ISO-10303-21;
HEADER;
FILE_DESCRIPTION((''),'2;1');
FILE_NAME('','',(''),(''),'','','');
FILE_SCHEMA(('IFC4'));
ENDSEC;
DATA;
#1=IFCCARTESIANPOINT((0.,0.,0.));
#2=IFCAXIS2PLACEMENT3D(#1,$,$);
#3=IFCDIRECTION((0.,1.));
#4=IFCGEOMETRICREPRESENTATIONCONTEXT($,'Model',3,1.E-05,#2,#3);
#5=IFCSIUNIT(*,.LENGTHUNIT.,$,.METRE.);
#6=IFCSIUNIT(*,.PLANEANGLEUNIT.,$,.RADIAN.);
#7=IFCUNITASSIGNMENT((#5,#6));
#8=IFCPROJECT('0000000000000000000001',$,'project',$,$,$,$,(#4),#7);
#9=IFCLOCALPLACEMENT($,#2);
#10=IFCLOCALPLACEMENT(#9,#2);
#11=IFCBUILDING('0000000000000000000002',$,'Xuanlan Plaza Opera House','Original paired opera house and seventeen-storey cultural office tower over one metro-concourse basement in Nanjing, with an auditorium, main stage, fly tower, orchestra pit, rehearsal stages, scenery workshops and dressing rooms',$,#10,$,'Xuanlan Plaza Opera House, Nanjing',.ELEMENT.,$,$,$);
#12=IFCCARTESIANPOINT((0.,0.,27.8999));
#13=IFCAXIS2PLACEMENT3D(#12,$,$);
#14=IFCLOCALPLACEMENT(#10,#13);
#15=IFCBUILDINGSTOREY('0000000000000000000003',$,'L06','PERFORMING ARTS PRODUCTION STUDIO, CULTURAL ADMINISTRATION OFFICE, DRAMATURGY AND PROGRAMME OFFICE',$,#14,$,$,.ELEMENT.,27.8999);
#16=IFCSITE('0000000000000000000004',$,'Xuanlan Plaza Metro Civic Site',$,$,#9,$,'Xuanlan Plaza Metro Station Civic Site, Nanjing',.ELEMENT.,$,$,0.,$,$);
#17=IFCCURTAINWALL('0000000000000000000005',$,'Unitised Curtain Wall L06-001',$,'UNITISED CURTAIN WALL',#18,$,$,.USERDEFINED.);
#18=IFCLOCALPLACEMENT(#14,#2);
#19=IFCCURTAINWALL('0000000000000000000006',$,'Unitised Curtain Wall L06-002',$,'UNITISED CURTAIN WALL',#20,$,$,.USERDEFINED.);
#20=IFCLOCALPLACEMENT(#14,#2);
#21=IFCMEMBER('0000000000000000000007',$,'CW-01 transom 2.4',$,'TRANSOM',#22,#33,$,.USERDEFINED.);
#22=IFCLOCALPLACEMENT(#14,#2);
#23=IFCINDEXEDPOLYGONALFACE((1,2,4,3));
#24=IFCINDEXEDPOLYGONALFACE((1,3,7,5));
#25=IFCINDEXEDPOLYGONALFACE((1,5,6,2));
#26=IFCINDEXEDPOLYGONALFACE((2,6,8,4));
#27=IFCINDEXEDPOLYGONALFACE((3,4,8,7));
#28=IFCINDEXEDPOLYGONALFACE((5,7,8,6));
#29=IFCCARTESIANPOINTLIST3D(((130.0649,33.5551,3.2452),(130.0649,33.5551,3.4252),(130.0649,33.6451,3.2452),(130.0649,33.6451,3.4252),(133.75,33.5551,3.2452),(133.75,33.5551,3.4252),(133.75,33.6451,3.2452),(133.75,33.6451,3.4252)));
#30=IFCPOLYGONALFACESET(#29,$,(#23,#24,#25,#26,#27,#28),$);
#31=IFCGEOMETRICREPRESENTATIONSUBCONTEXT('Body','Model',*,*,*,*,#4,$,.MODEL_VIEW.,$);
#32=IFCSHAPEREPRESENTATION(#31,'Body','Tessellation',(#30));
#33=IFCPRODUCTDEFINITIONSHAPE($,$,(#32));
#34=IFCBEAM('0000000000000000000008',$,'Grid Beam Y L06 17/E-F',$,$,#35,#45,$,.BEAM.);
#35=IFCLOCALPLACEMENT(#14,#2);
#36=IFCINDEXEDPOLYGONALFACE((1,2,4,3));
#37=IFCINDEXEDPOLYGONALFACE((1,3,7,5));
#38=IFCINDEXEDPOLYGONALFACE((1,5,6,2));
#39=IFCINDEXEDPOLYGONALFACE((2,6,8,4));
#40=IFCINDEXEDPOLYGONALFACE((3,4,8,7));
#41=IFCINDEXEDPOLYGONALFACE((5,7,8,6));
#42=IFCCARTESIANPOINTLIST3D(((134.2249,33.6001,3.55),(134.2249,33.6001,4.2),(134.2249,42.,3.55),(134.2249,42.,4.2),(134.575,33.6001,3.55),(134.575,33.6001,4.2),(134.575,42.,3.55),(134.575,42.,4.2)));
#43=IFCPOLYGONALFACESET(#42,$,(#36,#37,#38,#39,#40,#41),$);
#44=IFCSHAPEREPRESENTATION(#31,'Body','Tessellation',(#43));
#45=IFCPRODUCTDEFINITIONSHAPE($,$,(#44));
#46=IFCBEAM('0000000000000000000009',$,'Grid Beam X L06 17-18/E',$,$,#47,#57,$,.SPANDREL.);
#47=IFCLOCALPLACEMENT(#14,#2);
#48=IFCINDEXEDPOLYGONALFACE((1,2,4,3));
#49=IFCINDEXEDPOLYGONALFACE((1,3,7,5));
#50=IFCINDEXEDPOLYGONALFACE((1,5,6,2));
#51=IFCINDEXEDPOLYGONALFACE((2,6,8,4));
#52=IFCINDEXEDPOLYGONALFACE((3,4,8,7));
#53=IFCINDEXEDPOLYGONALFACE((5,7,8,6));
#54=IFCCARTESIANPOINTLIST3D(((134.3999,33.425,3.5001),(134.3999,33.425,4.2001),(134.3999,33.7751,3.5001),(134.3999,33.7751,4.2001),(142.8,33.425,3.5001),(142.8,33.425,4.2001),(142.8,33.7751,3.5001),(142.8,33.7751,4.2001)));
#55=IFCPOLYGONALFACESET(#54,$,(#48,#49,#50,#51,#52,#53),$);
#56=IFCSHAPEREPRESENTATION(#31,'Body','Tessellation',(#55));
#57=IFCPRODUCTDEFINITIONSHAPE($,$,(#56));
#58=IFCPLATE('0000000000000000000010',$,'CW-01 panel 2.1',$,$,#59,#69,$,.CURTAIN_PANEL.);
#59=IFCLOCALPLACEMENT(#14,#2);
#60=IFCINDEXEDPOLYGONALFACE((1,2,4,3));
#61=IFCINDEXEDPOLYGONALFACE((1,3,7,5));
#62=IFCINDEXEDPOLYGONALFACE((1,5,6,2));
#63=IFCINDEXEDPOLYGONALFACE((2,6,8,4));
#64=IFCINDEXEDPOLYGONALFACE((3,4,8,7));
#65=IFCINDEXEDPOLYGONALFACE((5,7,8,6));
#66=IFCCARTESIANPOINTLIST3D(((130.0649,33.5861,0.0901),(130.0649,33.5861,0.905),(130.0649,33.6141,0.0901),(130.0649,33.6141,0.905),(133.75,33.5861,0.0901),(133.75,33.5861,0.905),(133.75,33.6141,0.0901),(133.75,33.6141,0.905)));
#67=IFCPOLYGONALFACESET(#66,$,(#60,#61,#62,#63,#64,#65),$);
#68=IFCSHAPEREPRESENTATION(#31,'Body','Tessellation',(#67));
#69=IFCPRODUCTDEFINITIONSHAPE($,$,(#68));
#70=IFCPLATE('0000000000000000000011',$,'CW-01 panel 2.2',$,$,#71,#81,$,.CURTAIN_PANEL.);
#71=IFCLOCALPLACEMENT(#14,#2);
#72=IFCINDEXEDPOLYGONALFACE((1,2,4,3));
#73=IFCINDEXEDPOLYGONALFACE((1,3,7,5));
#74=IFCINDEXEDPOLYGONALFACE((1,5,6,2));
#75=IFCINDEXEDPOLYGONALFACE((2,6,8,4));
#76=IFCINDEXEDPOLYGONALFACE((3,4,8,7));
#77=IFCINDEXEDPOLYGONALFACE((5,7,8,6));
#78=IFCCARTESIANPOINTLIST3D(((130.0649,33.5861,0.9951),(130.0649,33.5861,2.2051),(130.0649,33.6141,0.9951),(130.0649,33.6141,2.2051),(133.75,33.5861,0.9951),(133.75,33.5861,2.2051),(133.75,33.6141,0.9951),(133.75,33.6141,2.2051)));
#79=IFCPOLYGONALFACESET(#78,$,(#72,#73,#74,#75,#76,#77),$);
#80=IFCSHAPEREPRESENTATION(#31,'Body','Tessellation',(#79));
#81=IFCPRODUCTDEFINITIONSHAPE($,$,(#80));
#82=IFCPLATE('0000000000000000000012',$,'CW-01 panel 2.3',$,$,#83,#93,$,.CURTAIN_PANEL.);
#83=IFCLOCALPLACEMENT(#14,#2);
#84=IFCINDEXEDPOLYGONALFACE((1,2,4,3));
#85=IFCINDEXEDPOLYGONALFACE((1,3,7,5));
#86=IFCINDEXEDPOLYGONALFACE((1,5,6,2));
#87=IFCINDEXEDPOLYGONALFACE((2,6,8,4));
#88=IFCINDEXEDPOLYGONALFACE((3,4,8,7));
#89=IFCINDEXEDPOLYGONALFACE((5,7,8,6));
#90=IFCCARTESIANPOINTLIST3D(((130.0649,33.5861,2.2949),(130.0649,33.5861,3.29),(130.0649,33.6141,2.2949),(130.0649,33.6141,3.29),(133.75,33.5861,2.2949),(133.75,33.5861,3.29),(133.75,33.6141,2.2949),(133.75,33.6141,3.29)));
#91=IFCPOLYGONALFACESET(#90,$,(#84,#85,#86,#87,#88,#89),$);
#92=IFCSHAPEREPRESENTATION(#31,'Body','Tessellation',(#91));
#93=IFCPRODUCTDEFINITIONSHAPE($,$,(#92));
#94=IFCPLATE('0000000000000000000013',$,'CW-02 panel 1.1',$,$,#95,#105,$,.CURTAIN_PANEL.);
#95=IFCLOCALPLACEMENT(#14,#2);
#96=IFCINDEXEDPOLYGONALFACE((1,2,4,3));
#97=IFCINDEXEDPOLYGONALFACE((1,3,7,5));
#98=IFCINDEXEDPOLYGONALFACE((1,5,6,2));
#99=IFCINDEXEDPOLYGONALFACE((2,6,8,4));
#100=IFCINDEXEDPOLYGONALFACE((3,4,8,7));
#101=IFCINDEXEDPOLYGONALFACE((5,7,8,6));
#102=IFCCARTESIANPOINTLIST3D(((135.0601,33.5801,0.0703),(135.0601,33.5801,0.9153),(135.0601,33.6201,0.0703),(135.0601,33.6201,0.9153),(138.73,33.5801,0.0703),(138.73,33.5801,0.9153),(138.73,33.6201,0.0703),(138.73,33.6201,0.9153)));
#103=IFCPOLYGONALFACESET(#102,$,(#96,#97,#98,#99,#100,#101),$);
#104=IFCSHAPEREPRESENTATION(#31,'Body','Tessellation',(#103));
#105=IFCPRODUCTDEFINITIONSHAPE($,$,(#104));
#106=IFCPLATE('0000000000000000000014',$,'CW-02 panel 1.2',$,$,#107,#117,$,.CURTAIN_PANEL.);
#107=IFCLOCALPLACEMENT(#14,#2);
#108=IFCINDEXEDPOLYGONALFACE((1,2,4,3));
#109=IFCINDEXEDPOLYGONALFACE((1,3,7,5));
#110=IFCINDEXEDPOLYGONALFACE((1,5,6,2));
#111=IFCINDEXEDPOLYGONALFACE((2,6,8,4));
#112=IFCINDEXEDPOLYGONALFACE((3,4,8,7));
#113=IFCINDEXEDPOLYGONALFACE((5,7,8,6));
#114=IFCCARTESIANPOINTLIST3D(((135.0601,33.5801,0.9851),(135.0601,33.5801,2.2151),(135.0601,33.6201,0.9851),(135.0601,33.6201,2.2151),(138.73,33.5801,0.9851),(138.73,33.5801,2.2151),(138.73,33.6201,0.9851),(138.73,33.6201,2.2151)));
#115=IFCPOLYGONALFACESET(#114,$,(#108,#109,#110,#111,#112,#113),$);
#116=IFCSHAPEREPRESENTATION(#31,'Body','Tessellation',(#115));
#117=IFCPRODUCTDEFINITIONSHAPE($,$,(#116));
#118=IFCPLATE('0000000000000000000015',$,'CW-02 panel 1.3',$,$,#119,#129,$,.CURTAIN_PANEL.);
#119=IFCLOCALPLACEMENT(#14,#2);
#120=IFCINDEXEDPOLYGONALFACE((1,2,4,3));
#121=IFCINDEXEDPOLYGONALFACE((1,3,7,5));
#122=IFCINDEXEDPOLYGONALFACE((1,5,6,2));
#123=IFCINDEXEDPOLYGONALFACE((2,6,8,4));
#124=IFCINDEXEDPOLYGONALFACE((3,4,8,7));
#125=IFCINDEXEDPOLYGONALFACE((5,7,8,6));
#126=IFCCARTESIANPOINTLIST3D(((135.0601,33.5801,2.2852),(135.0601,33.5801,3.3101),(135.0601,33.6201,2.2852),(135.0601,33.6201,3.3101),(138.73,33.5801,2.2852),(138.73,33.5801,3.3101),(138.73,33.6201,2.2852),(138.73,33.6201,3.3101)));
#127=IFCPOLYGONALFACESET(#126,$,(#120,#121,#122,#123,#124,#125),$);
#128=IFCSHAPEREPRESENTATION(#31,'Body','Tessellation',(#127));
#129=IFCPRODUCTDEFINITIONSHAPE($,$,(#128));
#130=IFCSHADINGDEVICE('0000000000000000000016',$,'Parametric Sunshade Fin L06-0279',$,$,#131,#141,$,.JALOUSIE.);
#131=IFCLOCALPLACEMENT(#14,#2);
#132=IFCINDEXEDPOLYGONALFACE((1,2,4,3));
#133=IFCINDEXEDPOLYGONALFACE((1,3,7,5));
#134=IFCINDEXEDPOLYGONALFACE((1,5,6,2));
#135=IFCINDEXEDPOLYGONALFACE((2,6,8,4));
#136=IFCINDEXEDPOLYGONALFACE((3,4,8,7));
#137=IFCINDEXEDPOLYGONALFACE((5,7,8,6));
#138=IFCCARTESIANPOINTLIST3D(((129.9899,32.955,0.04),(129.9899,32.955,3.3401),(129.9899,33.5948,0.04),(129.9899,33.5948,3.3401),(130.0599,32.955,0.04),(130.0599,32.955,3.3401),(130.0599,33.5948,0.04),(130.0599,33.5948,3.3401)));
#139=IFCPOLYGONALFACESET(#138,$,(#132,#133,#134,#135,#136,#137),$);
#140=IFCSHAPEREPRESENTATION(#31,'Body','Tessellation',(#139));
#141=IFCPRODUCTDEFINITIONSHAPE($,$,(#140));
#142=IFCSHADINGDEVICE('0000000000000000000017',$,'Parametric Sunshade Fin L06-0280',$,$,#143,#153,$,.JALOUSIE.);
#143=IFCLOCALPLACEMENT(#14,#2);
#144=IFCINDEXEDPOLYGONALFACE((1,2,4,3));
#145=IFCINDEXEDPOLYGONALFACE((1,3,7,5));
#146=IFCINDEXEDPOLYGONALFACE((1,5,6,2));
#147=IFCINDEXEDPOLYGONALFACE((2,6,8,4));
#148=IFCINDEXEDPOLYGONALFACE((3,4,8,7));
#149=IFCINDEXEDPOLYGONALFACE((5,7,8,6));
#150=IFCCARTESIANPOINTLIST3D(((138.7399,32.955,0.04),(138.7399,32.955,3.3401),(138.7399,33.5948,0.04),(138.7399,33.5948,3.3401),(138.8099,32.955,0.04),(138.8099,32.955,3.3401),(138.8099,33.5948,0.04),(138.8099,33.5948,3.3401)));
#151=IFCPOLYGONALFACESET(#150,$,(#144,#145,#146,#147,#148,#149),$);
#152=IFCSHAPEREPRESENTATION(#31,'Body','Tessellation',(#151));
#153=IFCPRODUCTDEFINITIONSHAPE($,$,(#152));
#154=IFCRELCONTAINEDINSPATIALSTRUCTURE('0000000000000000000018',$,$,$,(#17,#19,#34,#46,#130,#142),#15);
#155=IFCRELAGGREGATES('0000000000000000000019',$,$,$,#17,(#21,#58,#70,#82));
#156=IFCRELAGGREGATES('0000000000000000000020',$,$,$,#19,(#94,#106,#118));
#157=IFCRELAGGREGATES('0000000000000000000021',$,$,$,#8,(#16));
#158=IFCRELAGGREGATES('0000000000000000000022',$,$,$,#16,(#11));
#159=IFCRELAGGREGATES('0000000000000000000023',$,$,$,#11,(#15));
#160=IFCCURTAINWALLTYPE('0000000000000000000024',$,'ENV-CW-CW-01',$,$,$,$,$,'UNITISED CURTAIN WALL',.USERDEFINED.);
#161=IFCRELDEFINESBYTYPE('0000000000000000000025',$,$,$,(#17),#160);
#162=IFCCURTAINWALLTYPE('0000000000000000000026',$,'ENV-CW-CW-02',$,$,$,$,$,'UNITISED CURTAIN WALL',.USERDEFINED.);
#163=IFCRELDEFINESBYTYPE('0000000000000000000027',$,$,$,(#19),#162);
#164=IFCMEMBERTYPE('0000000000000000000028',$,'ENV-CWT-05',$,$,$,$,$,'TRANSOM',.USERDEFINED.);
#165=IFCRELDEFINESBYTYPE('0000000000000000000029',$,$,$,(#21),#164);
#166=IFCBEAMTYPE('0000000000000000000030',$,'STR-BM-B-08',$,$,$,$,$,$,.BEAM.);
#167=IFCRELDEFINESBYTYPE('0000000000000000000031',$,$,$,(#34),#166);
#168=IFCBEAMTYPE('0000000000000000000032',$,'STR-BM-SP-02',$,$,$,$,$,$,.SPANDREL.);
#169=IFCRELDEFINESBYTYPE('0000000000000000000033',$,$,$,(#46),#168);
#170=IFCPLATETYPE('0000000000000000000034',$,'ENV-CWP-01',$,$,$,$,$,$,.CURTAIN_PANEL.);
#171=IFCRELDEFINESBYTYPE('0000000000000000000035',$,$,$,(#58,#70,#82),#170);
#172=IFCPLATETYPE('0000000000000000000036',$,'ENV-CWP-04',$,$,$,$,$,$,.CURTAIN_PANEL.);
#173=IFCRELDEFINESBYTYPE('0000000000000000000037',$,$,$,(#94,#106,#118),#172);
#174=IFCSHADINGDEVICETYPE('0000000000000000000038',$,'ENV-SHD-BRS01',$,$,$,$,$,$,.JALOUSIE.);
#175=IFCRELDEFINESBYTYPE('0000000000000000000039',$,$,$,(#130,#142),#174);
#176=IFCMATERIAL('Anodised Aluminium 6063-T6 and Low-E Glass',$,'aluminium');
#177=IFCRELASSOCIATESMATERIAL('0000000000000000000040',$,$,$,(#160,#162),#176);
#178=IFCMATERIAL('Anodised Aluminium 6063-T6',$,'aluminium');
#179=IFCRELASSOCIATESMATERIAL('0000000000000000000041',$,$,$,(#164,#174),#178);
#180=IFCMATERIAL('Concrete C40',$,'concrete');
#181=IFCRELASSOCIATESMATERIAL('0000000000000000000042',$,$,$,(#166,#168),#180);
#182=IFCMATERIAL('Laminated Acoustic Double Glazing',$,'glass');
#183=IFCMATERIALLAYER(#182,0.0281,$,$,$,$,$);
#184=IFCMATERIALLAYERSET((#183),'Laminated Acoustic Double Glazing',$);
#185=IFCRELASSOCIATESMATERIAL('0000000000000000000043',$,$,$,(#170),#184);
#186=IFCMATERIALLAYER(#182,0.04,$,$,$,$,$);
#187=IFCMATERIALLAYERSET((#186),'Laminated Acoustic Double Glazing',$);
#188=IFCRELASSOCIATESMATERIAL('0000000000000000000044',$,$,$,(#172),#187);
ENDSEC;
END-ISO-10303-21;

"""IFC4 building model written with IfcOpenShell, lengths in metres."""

from ifc_helpers import new_model, si_unit, direction, frame, origin, origin_2d, place, context, subcontext, project, spatial, rectangle, extrude, material, layer, layer_set, material_profile, profile_set, type_object, element, aggregate, save


model = new_model("IFC4")

# Units and contexts
model_context = context("Model", 3, precision=1e-05, world=origin(), true_north=direction((0.0, 1.0)))
body_context = subcontext(model_context, "Body", "Model", "MODEL_VIEW")
ifc_project = project(units=[si_unit("LENGTHUNIT", "METRE"), si_unit("PLANEANGLEUNIT", "RADIAN")], contexts=[model_context])

# Site, building, storey
site_placement = place(None, origin())
site = spatial("IfcSite", under=ifc_project, at=site_placement, Name="Xuanlan Plaza Metro Civic Site", LongName="Xuanlan Plaza Metro Station Civic Site, Nanjing", CompositionType="ELEMENT", RefElevation=0.0)
building_placement = place(site_placement, origin())
building = spatial("IfcBuilding", under=site, at=building_placement, Name="Xuanlan Plaza Opera House", Description="Original paired opera house and seventeen-storey cultural office tower over one metro-concourse basement in Nanjing, with an auditorium, main stage, fly tower, orchestra pit, rehearsal stages, scenery workshops and dressing rooms", LongName="Xuanlan Plaza Opera House, Nanjing", CompositionType="ELEMENT")
storey_placement = place(building_placement, frame((0.0, 0.0, 27.8999)))
storey = spatial("IfcBuildingStorey", under=building, at=storey_placement, Name="L06", Description="PERFORMING ARTS PRODUCTION STUDIO, CULTURAL ADMINISTRATION OFFICE, DRAMATURGY AND PROGRAMME OFFICE", CompositionType="ELEMENT", Elevation=27.8999)

# Curtain walls
ifc_material_1 = material(Name="Anodised Aluminium 6063-T6 and Low-E Glass", Category="aluminium")
curtain_wall_type_1 = type_object("IfcCurtainWallType", Name="ENV-CW-CW-01", ElementType="UNITISED CURTAIN WALL", PredefinedType="USERDEFINED", material=ifc_material_1)
curtain_wall_1_placement = place(storey_placement, origin())
curtain_wall_1 = element("IfcCurtainWall", 1, at=curtain_wall_1_placement, inside=storey, type_object=curtain_wall_type_1, Name="Unitised Curtain Wall L06-001", ObjectType="UNITISED CURTAIN WALL", PredefinedType="USERDEFINED")
ifc_material_2 = material(Name="Anodised Aluminium 6063-T6", Category="aluminium")
curtain_wall_type_2 = type_object("IfcCurtainWallType", Name="ENV-CW-CW-02", ElementType="UNITISED CURTAIN WALL", PredefinedType="USERDEFINED", material=ifc_material_1)
curtain_wall_2_placement = place(storey_placement, origin())
curtain_wall_2 = element("IfcCurtainWall", 2, at=curtain_wall_2_placement, inside=storey, type_object=curtain_wall_type_2, Name="Unitised Curtain Wall L06-002", ObjectType="UNITISED CURTAIN WALL", PredefinedType="USERDEFINED")

# Member
ifc_material_profile_1 = material_profile(ifc_material_2, rectangle(XDim=0.0901, YDim=0.1799, at=origin_2d()), Name="ALU-T 90x180")
ifc_profile_set_1 = profile_set([ifc_material_profile_1], Name="Anodised Aluminium 6063-T6")
member_type_1 = type_object("IfcMemberType", Name="ENV-CWT-05", ElementType="TRANSOM", PredefinedType="USERDEFINED", material=ifc_profile_set_1)
member_1_placement = place(storey_placement, frame((130.0649, 33.6001, 3.3352), z_axis=(1.0, 0.0, 0.0), x_axis=(0.0, 1.0, 0.0)))
member_1 = element("IfcMember", 3, at=member_1_placement, type_object=member_type_1, Name="CW-01 transom 2.4", ObjectType="TRANSOM", PredefinedType="USERDEFINED", context=body_context, shape_type="SweptSolid", body=[
    extrude(rectangle(XDim=0.0901, YDim=0.1799, at=origin_2d()), origin(), (0.0, 0.0, 1.0), 3.6851),
])

# Beams
ifc_material_3 = material(Name="Concrete C40", Category="concrete")
ifc_material_profile_2 = material_profile(ifc_material_3, rectangle(XDim=0.3501, YDim=0.6499, at=origin_2d()), Name="RC-BM 350x650")
ifc_profile_set_2 = profile_set([ifc_material_profile_2], Name="Concrete C40")
beam_type_1 = type_object("IfcBeamType", Name="STR-BM-B-08", PredefinedType="BEAM", material=ifc_profile_set_2)
beam_1_placement = place(storey_placement, frame((134.3999, 33.6001, 3.875), z_axis=(0.0, 1.0, 0.0), x_axis=(-1.0, 0.0, 0.0)))
element("IfcBeam", 4, at=beam_1_placement, inside=storey, type_object=beam_type_1, Name="Grid Beam Y L06 17/E-F", PredefinedType="BEAM", context=body_context, shape_type="SweptSolid", body=[
    extrude(rectangle(XDim=0.3501, YDim=0.6499, at=origin_2d()), origin(), (0.0, 0.0, 1.0), 8.3999),
])
ifc_material_profile_3 = material_profile(ifc_material_3, rectangle(XDim=0.3501, YDim=0.7, at=origin_2d()), Name="RC-SPD 350x700")
ifc_profile_set_3 = profile_set([ifc_material_profile_3], Name="Concrete C40")
beam_type_2 = type_object("IfcBeamType", Name="STR-BM-SP-02", PredefinedType="SPANDREL", material=ifc_profile_set_3)
beam_2_placement = place(storey_placement, frame((134.3999, 33.6001, 3.8501), z_axis=(1.0, 0.0, 0.0), x_axis=(0.0, 1.0, 0.0)))
element("IfcBeam", 5, at=beam_2_placement, inside=storey, type_object=beam_type_2, Name="Grid Beam X L06 17-18/E", PredefinedType="SPANDREL", context=body_context, shape_type="SweptSolid", body=[
    extrude(rectangle(XDim=0.3501, YDim=0.7, at=origin_2d()), origin(), (0.0, 0.0, 1.0), 8.4001),
])

# Plates
ifc_material_4 = material(Name="Laminated Acoustic Double Glazing", Category="glass")
ifc_layer_1 = layer(ifc_material_4, 0.0281)
ifc_layer_set_1 = layer_set([ifc_layer_1], Name="Laminated Acoustic Double Glazing")
plate_type_1 = type_object("IfcPlateType", Name="ENV-CWP-01", PredefinedType="CURTAIN_PANEL", material=ifc_layer_set_1)
plate_1_placement = place(storey_placement, frame((131.9075, 33.6001, 0.0901), z_axis=(0.0, 0.0, 1.0), x_axis=(1.0, 0.0, 0.0)))
plate_1 = element("IfcPlate", 6, at=plate_1_placement, type_object=plate_type_1, Name="CW-01 panel 2.1", PredefinedType="CURTAIN_PANEL", context=body_context, shape_type="SweptSolid", body=[
    extrude(rectangle(XDim=3.6851, YDim=0.0281, at=origin_2d()), origin(), (0.0, 0.0, 1.0), 0.8149),
])
plate_2_placement = place(storey_placement, frame((131.9075, 33.6001, 0.9951), z_axis=(0.0, 0.0, 1.0), x_axis=(1.0, 0.0, 0.0)))
plate_2 = element("IfcPlate", 7, at=plate_2_placement, type_object=plate_type_1, Name="CW-01 panel 2.2", PredefinedType="CURTAIN_PANEL", context=body_context, shape_type="SweptSolid", body=[
    extrude(rectangle(XDim=3.6851, YDim=0.0281, at=origin_2d()), origin(), (0.0, 0.0, 1.0), 1.21),
])
plate_3_placement = place(storey_placement, frame((131.9075, 33.6001, 2.2949), z_axis=(0.0, 0.0, 1.0), x_axis=(1.0, 0.0, 0.0)))
plate_3 = element("IfcPlate", 8, at=plate_3_placement, type_object=plate_type_1, Name="CW-01 panel 2.3", PredefinedType="CURTAIN_PANEL", context=body_context, shape_type="SweptSolid", body=[
    extrude(rectangle(XDim=3.6851, YDim=0.0281, at=origin_2d()), origin(), (0.0, 0.0, 1.0), 0.9951),
])
aggregate(curtain_wall_1, [member_1, plate_1, plate_2, plate_3])
ifc_layer_2 = layer(ifc_material_4, 0.04)
ifc_layer_set_2 = layer_set([ifc_layer_2], Name="Laminated Acoustic Double Glazing")
plate_type_2 = type_object("IfcPlateType", Name="ENV-CWP-04", PredefinedType="CURTAIN_PANEL", material=ifc_layer_set_2)
plate_4_placement = place(storey_placement, frame((136.895, 33.6001, 0.0703), z_axis=(0.0, 0.0, 1.0), x_axis=(1.0, 0.0, 0.0)))
plate_4 = element("IfcPlate", 9, at=plate_4_placement, type_object=plate_type_2, Name="CW-02 panel 1.1", PredefinedType="CURTAIN_PANEL", context=body_context, shape_type="SweptSolid", body=[
    extrude(rectangle(XDim=3.6699, YDim=0.04, at=origin_2d()), origin(), (0.0, 0.0, 1.0), 0.845),
])
plate_5_placement = place(storey_placement, frame((136.895, 33.6001, 0.9851), z_axis=(0.0, 0.0, 1.0), x_axis=(1.0, 0.0, 0.0)))
plate_5 = element("IfcPlate", 10, at=plate_5_placement, type_object=plate_type_2, Name="CW-02 panel 1.2", PredefinedType="CURTAIN_PANEL", context=body_context, shape_type="SweptSolid", body=[
    extrude(rectangle(XDim=3.6699, YDim=0.04, at=origin_2d()), origin(), (0.0, 0.0, 1.0), 1.23),
])
plate_6_placement = place(storey_placement, frame((136.895, 33.6001, 2.2852), z_axis=(0.0, 0.0, 1.0), x_axis=(1.0, 0.0, 0.0)))
plate_6 = element("IfcPlate", 11, at=plate_6_placement, type_object=plate_type_2, Name="CW-02 panel 1.3", PredefinedType="CURTAIN_PANEL", context=body_context, shape_type="SweptSolid", body=[
    extrude(rectangle(XDim=3.6699, YDim=0.04, at=origin_2d()), origin(), (0.0, 0.0, 1.0), 1.0249),
])
aggregate(curtain_wall_2, [plate_4, plate_5, plate_6])

# Shading devices
shading_device_type = type_object("IfcShadingDeviceType", Name="ENV-SHD-BRS01", PredefinedType="JALOUSIE", material=ifc_material_2)
for number, where, z_axis, x_axis, name in (
    (12, (130.0249, 33.2749, 0.04), (0.0, 0.0, 1.0), (0.0, -1.0, 0.0), "Parametric Sunshade Fin L06-0279"),
    (13, (138.7749, 33.2749, 0.04), (0.0, 0.0, 1.0), (0.0, -1.0, 0.0), "Parametric Sunshade Fin L06-0280"),
):
    element("IfcShadingDevice", number, at=place(storey_placement, frame(where, z_axis=z_axis, x_axis=x_axis)), inside=storey, type_object=shading_device_type, Name=name, PredefinedType="JALOUSIE", context=body_context, shape_type="SweptSolid", body=[
        extrude(rectangle(XDim=0.6399, YDim=0.0701, at=origin_2d()), origin(), (0.0, 0.0, 1.0), 3.3),
    ])

save(model, "model.ifc")
